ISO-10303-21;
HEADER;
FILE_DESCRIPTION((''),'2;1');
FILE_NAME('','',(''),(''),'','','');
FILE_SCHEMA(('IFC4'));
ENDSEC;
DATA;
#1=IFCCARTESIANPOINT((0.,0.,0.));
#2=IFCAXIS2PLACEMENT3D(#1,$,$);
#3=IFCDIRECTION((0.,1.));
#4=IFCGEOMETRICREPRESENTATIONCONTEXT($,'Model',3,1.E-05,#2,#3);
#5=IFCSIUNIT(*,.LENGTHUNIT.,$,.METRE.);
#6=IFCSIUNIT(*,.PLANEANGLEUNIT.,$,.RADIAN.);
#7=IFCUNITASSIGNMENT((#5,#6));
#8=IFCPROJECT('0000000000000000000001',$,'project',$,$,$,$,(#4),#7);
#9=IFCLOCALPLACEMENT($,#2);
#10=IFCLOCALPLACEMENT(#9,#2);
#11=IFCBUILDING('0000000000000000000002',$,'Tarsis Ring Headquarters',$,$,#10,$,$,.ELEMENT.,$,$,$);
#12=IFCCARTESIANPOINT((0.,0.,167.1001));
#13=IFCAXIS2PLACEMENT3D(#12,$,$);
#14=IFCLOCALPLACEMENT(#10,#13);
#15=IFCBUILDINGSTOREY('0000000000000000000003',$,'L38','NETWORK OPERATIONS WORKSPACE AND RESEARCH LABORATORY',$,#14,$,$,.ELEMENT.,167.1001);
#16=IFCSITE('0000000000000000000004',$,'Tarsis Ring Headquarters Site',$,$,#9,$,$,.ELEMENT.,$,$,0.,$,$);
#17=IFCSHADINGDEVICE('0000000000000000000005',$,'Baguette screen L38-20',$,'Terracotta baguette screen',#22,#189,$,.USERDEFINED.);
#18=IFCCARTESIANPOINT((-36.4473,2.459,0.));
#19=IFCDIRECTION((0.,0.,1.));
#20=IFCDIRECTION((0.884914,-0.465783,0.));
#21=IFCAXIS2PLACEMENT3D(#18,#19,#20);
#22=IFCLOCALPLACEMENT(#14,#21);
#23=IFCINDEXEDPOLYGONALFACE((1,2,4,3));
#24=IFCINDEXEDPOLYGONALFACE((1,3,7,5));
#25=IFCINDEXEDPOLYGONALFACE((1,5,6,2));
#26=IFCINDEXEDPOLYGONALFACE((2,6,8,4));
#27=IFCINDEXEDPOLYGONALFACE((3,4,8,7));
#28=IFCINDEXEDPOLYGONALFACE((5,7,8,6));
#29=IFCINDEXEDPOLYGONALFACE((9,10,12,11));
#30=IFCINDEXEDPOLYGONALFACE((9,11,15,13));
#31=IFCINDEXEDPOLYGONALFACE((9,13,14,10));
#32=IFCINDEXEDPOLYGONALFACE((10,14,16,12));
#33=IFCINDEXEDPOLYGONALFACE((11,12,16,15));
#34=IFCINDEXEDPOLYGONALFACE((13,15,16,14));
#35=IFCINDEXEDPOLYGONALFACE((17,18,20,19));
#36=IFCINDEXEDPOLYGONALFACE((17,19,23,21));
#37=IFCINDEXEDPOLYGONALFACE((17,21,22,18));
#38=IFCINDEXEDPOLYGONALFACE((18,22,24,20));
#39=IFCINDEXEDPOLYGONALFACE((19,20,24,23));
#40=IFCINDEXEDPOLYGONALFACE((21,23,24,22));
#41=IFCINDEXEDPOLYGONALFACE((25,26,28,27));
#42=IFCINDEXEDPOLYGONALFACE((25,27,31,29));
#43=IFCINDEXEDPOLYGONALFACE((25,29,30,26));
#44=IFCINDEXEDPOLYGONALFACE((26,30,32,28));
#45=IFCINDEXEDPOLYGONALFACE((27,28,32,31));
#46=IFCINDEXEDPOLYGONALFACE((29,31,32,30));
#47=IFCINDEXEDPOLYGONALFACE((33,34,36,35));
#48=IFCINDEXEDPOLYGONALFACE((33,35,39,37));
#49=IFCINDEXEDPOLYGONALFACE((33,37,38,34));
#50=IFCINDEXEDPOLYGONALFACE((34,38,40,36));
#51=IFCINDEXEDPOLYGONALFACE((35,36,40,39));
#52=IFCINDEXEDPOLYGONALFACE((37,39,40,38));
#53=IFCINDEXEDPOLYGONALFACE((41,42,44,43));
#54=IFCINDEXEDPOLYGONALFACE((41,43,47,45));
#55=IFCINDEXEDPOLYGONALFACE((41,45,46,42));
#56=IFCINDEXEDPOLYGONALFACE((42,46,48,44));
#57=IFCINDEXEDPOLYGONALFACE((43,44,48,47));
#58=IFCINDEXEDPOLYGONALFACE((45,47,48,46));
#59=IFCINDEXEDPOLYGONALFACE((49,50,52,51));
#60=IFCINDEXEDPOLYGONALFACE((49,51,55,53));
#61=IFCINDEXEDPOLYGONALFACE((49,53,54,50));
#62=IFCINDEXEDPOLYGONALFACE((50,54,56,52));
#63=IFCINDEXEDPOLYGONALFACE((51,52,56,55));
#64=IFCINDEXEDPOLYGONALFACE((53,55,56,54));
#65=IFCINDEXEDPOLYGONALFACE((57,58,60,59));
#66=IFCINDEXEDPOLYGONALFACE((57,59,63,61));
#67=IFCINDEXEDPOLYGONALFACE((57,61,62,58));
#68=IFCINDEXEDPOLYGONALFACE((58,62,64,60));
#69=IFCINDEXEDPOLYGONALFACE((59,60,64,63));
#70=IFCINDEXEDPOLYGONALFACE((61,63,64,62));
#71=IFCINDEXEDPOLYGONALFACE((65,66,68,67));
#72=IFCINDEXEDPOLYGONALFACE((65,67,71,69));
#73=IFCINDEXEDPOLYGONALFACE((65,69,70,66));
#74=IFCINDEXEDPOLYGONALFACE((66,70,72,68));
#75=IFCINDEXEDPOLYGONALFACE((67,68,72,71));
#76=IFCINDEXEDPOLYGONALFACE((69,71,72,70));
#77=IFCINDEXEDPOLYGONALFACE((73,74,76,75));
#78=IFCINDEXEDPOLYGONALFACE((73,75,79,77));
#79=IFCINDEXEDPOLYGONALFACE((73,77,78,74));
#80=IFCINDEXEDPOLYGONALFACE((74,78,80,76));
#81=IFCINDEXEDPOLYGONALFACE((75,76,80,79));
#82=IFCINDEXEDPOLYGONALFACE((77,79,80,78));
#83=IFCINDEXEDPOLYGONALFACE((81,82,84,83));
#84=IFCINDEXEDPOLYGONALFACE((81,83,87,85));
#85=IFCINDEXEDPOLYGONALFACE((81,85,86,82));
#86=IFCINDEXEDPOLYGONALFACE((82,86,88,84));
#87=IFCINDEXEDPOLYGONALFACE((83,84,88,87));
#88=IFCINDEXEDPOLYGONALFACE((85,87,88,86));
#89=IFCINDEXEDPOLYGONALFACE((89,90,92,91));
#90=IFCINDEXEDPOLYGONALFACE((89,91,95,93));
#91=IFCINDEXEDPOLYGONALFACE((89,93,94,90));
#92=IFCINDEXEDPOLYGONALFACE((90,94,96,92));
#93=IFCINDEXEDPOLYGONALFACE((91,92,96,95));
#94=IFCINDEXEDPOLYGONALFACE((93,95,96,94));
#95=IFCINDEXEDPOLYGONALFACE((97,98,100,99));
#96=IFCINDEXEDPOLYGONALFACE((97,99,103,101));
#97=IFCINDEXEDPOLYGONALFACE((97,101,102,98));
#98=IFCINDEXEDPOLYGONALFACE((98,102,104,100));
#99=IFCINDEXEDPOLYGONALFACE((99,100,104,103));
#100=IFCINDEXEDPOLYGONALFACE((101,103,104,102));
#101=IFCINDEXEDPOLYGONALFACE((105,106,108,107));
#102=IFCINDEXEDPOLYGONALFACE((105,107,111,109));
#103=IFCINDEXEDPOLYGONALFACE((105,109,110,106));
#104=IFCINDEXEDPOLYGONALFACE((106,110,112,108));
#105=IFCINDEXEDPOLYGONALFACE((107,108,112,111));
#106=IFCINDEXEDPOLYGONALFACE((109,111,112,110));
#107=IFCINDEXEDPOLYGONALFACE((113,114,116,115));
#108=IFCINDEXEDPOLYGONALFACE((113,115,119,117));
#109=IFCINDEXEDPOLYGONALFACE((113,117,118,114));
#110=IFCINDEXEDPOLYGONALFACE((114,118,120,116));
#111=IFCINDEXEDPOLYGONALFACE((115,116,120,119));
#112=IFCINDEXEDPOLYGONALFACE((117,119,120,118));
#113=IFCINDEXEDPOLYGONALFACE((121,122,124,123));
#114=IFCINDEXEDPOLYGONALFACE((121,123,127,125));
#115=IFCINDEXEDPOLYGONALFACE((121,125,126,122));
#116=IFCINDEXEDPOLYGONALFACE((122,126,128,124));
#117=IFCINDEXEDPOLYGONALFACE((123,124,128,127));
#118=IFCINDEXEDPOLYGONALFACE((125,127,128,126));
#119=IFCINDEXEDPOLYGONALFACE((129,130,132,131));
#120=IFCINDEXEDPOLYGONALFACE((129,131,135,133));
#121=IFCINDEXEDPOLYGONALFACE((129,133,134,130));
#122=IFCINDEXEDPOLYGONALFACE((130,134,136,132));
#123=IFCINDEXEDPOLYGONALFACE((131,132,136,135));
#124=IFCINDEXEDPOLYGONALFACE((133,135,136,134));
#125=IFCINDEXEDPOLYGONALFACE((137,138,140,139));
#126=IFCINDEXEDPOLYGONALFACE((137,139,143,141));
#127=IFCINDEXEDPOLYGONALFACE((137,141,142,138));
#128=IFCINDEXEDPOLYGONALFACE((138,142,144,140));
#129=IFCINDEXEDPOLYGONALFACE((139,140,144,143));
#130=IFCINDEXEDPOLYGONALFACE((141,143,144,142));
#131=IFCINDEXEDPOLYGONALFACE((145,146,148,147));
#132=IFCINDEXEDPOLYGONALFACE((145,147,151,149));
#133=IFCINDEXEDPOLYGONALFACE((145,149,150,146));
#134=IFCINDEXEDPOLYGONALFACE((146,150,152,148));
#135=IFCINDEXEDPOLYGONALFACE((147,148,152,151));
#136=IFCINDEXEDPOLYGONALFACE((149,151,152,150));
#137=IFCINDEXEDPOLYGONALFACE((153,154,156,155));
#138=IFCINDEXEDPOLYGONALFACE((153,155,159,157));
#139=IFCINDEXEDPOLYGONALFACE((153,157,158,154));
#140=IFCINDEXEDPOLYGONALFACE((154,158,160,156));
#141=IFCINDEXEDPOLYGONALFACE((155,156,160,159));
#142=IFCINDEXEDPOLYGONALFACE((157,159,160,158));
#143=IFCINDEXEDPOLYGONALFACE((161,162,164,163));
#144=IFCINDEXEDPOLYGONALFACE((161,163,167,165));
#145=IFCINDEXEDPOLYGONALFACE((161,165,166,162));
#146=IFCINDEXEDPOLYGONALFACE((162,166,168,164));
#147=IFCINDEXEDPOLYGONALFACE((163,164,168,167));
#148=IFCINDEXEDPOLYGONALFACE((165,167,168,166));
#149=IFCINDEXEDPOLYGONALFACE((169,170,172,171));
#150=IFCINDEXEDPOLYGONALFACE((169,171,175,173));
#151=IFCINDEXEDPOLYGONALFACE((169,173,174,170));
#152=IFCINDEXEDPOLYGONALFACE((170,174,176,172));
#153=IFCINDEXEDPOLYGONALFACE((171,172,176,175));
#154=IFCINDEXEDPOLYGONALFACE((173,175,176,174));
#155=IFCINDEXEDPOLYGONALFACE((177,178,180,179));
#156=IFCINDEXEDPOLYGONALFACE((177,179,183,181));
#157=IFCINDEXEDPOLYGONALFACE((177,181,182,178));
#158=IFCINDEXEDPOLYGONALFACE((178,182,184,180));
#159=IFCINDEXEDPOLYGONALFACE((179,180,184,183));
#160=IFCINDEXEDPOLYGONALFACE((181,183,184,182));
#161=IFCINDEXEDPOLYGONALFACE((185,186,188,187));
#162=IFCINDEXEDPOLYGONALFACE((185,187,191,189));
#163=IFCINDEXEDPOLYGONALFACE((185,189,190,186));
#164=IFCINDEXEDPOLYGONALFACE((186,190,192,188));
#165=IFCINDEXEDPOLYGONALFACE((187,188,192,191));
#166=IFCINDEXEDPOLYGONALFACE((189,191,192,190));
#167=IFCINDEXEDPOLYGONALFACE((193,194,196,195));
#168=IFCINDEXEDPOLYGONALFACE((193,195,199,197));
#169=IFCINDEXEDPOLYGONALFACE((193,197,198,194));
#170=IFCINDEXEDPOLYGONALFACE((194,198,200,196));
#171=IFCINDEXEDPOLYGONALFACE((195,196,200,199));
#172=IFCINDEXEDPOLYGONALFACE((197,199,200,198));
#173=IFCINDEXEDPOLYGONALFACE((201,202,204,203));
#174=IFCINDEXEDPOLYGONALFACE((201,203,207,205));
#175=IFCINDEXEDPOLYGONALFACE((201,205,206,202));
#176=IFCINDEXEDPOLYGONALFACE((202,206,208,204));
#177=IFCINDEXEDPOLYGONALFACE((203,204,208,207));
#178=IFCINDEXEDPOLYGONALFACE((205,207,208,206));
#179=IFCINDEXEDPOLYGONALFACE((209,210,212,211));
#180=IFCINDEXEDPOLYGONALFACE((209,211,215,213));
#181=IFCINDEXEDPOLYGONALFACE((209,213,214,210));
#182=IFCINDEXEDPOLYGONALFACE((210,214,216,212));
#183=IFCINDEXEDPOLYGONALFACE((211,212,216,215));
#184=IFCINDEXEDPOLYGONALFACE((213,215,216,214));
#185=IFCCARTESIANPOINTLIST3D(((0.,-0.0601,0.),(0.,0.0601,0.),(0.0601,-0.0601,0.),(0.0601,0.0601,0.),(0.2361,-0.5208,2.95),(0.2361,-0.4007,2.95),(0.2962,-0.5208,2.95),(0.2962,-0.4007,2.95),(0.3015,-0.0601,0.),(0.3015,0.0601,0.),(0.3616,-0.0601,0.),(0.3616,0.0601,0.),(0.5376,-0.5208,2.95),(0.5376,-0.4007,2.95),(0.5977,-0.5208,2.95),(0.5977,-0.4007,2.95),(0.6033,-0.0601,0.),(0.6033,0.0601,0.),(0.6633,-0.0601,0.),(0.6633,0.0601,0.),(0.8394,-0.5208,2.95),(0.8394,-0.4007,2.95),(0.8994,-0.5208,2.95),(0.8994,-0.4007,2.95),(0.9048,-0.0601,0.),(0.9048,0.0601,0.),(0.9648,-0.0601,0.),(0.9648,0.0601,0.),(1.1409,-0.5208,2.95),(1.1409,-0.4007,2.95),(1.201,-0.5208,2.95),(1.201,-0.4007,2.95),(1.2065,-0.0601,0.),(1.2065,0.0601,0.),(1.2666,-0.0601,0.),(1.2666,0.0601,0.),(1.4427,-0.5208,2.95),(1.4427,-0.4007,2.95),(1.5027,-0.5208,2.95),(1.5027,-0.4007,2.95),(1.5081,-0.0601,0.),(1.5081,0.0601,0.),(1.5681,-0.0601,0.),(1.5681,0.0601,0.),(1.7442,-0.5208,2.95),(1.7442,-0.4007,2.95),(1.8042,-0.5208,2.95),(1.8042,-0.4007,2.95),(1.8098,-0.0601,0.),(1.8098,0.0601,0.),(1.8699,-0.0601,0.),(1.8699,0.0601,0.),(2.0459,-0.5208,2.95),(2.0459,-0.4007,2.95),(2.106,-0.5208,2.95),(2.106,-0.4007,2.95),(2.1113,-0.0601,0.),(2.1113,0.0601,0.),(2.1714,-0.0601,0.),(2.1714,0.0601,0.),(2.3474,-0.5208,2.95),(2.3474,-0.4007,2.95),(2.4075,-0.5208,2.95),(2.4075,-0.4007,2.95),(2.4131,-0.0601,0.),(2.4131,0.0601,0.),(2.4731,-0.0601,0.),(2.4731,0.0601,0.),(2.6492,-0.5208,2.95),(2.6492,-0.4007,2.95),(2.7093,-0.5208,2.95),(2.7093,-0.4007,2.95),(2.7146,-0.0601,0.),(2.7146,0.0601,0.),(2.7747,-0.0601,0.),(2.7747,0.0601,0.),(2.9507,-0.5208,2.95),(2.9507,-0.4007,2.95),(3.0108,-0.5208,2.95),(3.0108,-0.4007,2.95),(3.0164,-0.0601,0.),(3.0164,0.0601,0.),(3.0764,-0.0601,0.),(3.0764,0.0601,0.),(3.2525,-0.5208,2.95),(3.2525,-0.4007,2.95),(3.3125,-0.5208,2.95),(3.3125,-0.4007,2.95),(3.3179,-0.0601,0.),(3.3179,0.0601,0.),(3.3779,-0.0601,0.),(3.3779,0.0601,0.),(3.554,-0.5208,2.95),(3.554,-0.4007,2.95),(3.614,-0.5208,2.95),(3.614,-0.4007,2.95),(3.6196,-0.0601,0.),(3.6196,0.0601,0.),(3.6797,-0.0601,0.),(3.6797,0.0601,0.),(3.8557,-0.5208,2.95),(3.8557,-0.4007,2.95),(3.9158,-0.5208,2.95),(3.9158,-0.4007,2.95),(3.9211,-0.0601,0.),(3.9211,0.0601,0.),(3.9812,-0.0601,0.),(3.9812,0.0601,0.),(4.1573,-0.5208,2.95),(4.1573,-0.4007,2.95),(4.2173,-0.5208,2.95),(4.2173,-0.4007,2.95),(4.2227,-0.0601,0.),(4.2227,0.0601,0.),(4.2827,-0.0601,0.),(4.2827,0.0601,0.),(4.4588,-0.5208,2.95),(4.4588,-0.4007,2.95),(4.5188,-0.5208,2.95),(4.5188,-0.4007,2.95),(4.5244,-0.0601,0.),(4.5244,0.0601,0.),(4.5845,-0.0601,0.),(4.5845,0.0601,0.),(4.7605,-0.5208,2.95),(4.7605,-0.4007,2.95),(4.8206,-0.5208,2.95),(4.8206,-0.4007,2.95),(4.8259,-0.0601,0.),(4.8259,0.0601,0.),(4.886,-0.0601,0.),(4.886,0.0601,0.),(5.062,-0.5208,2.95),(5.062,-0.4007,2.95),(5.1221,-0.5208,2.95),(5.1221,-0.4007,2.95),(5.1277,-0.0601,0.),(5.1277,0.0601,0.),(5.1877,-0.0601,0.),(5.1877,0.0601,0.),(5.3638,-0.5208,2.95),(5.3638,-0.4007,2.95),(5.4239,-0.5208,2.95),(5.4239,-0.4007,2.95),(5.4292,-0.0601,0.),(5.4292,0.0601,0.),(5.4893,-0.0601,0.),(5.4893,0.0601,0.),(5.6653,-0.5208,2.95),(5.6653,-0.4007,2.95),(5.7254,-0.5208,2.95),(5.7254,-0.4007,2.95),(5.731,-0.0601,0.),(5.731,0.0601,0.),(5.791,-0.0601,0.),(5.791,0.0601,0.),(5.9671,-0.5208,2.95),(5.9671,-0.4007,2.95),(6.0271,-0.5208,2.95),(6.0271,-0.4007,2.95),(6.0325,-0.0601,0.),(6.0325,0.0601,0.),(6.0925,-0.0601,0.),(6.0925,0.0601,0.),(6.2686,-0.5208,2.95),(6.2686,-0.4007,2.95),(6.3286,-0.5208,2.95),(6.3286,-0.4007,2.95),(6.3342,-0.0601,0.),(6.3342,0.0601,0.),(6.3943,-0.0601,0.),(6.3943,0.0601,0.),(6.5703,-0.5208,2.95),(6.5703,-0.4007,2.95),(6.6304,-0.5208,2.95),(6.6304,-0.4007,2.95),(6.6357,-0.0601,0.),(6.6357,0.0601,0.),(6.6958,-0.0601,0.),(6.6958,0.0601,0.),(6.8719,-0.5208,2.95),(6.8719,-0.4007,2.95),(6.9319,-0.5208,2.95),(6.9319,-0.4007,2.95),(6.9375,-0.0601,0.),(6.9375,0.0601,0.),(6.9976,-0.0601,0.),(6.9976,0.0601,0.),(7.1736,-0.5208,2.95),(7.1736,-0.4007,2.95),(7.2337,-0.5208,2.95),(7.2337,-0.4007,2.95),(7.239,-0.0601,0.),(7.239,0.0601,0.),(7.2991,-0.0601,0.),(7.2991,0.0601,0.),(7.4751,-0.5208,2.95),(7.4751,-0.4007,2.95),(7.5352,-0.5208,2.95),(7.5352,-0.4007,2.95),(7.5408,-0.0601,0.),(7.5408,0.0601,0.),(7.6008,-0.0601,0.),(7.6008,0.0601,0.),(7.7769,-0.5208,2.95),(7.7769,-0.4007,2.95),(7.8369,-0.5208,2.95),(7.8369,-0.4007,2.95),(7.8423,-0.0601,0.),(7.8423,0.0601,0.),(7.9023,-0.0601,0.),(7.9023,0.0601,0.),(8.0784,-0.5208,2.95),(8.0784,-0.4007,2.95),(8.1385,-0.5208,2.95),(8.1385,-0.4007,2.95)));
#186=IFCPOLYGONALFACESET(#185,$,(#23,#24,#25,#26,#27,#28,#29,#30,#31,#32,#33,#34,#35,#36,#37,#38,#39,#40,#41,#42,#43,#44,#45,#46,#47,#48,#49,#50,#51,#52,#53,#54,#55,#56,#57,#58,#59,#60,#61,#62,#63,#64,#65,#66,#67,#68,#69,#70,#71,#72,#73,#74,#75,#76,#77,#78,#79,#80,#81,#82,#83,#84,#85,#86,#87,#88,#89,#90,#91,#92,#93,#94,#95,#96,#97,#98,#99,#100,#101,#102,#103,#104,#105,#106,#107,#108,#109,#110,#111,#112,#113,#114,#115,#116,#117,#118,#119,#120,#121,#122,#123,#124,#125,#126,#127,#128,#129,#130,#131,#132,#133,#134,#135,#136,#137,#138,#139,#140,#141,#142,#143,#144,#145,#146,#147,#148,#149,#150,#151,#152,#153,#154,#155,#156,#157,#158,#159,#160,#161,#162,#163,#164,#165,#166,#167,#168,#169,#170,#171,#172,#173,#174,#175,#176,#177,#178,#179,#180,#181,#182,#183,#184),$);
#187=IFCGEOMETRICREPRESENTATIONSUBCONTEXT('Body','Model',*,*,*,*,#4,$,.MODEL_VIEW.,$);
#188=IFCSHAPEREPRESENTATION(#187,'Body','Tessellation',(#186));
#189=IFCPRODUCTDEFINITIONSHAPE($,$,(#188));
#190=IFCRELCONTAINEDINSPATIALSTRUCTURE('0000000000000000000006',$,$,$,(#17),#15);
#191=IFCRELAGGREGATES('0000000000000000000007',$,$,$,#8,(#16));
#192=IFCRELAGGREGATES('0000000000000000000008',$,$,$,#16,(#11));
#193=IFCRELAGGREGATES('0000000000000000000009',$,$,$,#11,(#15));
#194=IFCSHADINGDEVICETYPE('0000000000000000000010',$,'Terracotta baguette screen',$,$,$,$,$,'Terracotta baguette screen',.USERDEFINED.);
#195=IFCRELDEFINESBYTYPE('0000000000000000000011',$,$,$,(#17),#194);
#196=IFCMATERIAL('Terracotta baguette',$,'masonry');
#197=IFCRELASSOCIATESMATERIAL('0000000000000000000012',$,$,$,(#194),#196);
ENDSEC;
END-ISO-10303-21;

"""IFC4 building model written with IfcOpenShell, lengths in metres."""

from ifc_helpers import new_model, si_unit, direction, frame, frame_2d, origin, place, context, subcontext, project, spatial, rectangle, composite_profile, extrude, material, type_object, element, save


model = new_model("IFC4")

# Units and contexts
model_context = context("Model", 3, precision=1e-05, world=origin(), true_north=direction((0.0, 1.0)))
body_context = subcontext(model_context, "Body", "Model", "MODEL_VIEW")
ifc_project = project(units=[si_unit("LENGTHUNIT", "METRE"), si_unit("PLANEANGLEUNIT", "RADIAN")], contexts=[model_context])

# Site, building, storey
site_placement = place(None, origin())
site = spatial("IfcSite", under=ifc_project, at=site_placement, Name="Tarsis Ring Headquarters Site", CompositionType="ELEMENT", RefElevation=0.0)
building_placement = place(site_placement, origin())
building = spatial("IfcBuilding", under=site, at=building_placement, Name="Tarsis Ring Headquarters", CompositionType="ELEMENT")
storey_placement = place(building_placement, frame((0.0, 0.0, 167.1001)))
storey = spatial("IfcBuildingStorey", under=building, at=storey_placement, Name="L38", Description="NETWORK OPERATIONS WORKSPACE AND RESEARCH LABORATORY", CompositionType="ELEMENT", Elevation=167.1001)

# Shading device
ifc_material_1 = material(Name="Terracotta baguette", Category="masonry")
shading_device_type_1 = type_object("IfcShadingDeviceType", Name="Terracotta baguette screen", ElementType="Terracotta baguette screen", PredefinedType="USERDEFINED", material=ifc_material_1)
shading_device_1_placement = place(storey_placement, frame((-36.4473, 2.459, 0.0), z_axis=(0.0, 0.0, 1.0), x_axis=(0.884914, -0.465783, 0.0)))
element("IfcShadingDevice", 1, at=shading_device_1_placement, inside=storey, type_object=shading_device_type_1, Name="Baguette screen L38-20", ObjectType="Terracotta baguette screen", PredefinedType="USERDEFINED", context=body_context, shape_type="SweptSolid", body=[
    extrude(composite_profile([rectangle(XDim=0.0601, YDim=0.1201, at=frame_2d((0.03, 0.0))), rectangle(XDim=0.0601, YDim=0.1201, at=frame_2d((0.3315, 0.0))), rectangle(XDim=0.0601, YDim=0.1201, at=frame_2d((0.6333, 0.0))), rectangle(XDim=0.0601, YDim=0.1201, at=frame_2d((0.9348, 0.0))), rectangle(XDim=0.0601, YDim=0.1201, at=frame_2d((1.2366, 0.0))), rectangle(XDim=0.0601, YDim=0.1201, at=frame_2d((1.5381, 0.0))), rectangle(XDim=0.0601, YDim=0.1201, at=frame_2d((1.8398, 0.0))), rectangle(XDim=0.0601, YDim=0.1201, at=frame_2d((2.1414, 0.0))), rectangle(XDim=0.0601, YDim=0.1201, at=frame_2d((2.4431, 0.0))), rectangle(XDim=0.0601, YDim=0.1201, at=frame_2d((2.7446, 0.0))), rectangle(XDim=0.0601, YDim=0.1201, at=frame_2d((3.0464, 0.0))), rectangle(XDim=0.0601, YDim=0.1201, at=frame_2d((3.3479, 0.0))), rectangle(XDim=0.0601, YDim=0.1201, at=frame_2d((3.6497, 0.0))), rectangle(XDim=0.0601, YDim=0.1201, at=frame_2d((3.9512, 0.0))), rectangle(XDim=0.0601, YDim=0.1201, at=frame_2d((4.2527, 0.0))), rectangle(XDim=0.0601, YDim=0.1201, at=frame_2d((4.5544, 0.0))), rectangle(XDim=0.0601, YDim=0.1201, at=frame_2d((4.856, 0.0))), rectangle(XDim=0.0601, YDim=0.1201, at=frame_2d((5.1577, 0.0))), rectangle(XDim=0.0601, YDim=0.1201, at=frame_2d((5.4592, 0.0))), rectangle(XDim=0.0601, YDim=0.1201, at=frame_2d((5.761, 0.0))), rectangle(XDim=0.0601, YDim=0.1201, at=frame_2d((6.0625, 0.0))), rectangle(XDim=0.0601, YDim=0.1201, at=frame_2d((6.3643, 0.0))), rectangle(XDim=0.0601, YDim=0.1201, at=frame_2d((6.6658, 0.0))), rectangle(XDim=0.0601, YDim=0.1201, at=frame_2d((6.9675, 0.0))), rectangle(XDim=0.0601, YDim=0.1201, at=frame_2d((7.269, 0.0))), rectangle(XDim=0.0601, YDim=0.1201, at=frame_2d((7.5708, 0.0))), rectangle(XDim=0.0601, YDim=0.1201, at=frame_2d((7.8723, 0.0)))]), origin(), (0.078834, -0.153823, 0.984949), 2.9951),
])

save(model, "model.ifc")
